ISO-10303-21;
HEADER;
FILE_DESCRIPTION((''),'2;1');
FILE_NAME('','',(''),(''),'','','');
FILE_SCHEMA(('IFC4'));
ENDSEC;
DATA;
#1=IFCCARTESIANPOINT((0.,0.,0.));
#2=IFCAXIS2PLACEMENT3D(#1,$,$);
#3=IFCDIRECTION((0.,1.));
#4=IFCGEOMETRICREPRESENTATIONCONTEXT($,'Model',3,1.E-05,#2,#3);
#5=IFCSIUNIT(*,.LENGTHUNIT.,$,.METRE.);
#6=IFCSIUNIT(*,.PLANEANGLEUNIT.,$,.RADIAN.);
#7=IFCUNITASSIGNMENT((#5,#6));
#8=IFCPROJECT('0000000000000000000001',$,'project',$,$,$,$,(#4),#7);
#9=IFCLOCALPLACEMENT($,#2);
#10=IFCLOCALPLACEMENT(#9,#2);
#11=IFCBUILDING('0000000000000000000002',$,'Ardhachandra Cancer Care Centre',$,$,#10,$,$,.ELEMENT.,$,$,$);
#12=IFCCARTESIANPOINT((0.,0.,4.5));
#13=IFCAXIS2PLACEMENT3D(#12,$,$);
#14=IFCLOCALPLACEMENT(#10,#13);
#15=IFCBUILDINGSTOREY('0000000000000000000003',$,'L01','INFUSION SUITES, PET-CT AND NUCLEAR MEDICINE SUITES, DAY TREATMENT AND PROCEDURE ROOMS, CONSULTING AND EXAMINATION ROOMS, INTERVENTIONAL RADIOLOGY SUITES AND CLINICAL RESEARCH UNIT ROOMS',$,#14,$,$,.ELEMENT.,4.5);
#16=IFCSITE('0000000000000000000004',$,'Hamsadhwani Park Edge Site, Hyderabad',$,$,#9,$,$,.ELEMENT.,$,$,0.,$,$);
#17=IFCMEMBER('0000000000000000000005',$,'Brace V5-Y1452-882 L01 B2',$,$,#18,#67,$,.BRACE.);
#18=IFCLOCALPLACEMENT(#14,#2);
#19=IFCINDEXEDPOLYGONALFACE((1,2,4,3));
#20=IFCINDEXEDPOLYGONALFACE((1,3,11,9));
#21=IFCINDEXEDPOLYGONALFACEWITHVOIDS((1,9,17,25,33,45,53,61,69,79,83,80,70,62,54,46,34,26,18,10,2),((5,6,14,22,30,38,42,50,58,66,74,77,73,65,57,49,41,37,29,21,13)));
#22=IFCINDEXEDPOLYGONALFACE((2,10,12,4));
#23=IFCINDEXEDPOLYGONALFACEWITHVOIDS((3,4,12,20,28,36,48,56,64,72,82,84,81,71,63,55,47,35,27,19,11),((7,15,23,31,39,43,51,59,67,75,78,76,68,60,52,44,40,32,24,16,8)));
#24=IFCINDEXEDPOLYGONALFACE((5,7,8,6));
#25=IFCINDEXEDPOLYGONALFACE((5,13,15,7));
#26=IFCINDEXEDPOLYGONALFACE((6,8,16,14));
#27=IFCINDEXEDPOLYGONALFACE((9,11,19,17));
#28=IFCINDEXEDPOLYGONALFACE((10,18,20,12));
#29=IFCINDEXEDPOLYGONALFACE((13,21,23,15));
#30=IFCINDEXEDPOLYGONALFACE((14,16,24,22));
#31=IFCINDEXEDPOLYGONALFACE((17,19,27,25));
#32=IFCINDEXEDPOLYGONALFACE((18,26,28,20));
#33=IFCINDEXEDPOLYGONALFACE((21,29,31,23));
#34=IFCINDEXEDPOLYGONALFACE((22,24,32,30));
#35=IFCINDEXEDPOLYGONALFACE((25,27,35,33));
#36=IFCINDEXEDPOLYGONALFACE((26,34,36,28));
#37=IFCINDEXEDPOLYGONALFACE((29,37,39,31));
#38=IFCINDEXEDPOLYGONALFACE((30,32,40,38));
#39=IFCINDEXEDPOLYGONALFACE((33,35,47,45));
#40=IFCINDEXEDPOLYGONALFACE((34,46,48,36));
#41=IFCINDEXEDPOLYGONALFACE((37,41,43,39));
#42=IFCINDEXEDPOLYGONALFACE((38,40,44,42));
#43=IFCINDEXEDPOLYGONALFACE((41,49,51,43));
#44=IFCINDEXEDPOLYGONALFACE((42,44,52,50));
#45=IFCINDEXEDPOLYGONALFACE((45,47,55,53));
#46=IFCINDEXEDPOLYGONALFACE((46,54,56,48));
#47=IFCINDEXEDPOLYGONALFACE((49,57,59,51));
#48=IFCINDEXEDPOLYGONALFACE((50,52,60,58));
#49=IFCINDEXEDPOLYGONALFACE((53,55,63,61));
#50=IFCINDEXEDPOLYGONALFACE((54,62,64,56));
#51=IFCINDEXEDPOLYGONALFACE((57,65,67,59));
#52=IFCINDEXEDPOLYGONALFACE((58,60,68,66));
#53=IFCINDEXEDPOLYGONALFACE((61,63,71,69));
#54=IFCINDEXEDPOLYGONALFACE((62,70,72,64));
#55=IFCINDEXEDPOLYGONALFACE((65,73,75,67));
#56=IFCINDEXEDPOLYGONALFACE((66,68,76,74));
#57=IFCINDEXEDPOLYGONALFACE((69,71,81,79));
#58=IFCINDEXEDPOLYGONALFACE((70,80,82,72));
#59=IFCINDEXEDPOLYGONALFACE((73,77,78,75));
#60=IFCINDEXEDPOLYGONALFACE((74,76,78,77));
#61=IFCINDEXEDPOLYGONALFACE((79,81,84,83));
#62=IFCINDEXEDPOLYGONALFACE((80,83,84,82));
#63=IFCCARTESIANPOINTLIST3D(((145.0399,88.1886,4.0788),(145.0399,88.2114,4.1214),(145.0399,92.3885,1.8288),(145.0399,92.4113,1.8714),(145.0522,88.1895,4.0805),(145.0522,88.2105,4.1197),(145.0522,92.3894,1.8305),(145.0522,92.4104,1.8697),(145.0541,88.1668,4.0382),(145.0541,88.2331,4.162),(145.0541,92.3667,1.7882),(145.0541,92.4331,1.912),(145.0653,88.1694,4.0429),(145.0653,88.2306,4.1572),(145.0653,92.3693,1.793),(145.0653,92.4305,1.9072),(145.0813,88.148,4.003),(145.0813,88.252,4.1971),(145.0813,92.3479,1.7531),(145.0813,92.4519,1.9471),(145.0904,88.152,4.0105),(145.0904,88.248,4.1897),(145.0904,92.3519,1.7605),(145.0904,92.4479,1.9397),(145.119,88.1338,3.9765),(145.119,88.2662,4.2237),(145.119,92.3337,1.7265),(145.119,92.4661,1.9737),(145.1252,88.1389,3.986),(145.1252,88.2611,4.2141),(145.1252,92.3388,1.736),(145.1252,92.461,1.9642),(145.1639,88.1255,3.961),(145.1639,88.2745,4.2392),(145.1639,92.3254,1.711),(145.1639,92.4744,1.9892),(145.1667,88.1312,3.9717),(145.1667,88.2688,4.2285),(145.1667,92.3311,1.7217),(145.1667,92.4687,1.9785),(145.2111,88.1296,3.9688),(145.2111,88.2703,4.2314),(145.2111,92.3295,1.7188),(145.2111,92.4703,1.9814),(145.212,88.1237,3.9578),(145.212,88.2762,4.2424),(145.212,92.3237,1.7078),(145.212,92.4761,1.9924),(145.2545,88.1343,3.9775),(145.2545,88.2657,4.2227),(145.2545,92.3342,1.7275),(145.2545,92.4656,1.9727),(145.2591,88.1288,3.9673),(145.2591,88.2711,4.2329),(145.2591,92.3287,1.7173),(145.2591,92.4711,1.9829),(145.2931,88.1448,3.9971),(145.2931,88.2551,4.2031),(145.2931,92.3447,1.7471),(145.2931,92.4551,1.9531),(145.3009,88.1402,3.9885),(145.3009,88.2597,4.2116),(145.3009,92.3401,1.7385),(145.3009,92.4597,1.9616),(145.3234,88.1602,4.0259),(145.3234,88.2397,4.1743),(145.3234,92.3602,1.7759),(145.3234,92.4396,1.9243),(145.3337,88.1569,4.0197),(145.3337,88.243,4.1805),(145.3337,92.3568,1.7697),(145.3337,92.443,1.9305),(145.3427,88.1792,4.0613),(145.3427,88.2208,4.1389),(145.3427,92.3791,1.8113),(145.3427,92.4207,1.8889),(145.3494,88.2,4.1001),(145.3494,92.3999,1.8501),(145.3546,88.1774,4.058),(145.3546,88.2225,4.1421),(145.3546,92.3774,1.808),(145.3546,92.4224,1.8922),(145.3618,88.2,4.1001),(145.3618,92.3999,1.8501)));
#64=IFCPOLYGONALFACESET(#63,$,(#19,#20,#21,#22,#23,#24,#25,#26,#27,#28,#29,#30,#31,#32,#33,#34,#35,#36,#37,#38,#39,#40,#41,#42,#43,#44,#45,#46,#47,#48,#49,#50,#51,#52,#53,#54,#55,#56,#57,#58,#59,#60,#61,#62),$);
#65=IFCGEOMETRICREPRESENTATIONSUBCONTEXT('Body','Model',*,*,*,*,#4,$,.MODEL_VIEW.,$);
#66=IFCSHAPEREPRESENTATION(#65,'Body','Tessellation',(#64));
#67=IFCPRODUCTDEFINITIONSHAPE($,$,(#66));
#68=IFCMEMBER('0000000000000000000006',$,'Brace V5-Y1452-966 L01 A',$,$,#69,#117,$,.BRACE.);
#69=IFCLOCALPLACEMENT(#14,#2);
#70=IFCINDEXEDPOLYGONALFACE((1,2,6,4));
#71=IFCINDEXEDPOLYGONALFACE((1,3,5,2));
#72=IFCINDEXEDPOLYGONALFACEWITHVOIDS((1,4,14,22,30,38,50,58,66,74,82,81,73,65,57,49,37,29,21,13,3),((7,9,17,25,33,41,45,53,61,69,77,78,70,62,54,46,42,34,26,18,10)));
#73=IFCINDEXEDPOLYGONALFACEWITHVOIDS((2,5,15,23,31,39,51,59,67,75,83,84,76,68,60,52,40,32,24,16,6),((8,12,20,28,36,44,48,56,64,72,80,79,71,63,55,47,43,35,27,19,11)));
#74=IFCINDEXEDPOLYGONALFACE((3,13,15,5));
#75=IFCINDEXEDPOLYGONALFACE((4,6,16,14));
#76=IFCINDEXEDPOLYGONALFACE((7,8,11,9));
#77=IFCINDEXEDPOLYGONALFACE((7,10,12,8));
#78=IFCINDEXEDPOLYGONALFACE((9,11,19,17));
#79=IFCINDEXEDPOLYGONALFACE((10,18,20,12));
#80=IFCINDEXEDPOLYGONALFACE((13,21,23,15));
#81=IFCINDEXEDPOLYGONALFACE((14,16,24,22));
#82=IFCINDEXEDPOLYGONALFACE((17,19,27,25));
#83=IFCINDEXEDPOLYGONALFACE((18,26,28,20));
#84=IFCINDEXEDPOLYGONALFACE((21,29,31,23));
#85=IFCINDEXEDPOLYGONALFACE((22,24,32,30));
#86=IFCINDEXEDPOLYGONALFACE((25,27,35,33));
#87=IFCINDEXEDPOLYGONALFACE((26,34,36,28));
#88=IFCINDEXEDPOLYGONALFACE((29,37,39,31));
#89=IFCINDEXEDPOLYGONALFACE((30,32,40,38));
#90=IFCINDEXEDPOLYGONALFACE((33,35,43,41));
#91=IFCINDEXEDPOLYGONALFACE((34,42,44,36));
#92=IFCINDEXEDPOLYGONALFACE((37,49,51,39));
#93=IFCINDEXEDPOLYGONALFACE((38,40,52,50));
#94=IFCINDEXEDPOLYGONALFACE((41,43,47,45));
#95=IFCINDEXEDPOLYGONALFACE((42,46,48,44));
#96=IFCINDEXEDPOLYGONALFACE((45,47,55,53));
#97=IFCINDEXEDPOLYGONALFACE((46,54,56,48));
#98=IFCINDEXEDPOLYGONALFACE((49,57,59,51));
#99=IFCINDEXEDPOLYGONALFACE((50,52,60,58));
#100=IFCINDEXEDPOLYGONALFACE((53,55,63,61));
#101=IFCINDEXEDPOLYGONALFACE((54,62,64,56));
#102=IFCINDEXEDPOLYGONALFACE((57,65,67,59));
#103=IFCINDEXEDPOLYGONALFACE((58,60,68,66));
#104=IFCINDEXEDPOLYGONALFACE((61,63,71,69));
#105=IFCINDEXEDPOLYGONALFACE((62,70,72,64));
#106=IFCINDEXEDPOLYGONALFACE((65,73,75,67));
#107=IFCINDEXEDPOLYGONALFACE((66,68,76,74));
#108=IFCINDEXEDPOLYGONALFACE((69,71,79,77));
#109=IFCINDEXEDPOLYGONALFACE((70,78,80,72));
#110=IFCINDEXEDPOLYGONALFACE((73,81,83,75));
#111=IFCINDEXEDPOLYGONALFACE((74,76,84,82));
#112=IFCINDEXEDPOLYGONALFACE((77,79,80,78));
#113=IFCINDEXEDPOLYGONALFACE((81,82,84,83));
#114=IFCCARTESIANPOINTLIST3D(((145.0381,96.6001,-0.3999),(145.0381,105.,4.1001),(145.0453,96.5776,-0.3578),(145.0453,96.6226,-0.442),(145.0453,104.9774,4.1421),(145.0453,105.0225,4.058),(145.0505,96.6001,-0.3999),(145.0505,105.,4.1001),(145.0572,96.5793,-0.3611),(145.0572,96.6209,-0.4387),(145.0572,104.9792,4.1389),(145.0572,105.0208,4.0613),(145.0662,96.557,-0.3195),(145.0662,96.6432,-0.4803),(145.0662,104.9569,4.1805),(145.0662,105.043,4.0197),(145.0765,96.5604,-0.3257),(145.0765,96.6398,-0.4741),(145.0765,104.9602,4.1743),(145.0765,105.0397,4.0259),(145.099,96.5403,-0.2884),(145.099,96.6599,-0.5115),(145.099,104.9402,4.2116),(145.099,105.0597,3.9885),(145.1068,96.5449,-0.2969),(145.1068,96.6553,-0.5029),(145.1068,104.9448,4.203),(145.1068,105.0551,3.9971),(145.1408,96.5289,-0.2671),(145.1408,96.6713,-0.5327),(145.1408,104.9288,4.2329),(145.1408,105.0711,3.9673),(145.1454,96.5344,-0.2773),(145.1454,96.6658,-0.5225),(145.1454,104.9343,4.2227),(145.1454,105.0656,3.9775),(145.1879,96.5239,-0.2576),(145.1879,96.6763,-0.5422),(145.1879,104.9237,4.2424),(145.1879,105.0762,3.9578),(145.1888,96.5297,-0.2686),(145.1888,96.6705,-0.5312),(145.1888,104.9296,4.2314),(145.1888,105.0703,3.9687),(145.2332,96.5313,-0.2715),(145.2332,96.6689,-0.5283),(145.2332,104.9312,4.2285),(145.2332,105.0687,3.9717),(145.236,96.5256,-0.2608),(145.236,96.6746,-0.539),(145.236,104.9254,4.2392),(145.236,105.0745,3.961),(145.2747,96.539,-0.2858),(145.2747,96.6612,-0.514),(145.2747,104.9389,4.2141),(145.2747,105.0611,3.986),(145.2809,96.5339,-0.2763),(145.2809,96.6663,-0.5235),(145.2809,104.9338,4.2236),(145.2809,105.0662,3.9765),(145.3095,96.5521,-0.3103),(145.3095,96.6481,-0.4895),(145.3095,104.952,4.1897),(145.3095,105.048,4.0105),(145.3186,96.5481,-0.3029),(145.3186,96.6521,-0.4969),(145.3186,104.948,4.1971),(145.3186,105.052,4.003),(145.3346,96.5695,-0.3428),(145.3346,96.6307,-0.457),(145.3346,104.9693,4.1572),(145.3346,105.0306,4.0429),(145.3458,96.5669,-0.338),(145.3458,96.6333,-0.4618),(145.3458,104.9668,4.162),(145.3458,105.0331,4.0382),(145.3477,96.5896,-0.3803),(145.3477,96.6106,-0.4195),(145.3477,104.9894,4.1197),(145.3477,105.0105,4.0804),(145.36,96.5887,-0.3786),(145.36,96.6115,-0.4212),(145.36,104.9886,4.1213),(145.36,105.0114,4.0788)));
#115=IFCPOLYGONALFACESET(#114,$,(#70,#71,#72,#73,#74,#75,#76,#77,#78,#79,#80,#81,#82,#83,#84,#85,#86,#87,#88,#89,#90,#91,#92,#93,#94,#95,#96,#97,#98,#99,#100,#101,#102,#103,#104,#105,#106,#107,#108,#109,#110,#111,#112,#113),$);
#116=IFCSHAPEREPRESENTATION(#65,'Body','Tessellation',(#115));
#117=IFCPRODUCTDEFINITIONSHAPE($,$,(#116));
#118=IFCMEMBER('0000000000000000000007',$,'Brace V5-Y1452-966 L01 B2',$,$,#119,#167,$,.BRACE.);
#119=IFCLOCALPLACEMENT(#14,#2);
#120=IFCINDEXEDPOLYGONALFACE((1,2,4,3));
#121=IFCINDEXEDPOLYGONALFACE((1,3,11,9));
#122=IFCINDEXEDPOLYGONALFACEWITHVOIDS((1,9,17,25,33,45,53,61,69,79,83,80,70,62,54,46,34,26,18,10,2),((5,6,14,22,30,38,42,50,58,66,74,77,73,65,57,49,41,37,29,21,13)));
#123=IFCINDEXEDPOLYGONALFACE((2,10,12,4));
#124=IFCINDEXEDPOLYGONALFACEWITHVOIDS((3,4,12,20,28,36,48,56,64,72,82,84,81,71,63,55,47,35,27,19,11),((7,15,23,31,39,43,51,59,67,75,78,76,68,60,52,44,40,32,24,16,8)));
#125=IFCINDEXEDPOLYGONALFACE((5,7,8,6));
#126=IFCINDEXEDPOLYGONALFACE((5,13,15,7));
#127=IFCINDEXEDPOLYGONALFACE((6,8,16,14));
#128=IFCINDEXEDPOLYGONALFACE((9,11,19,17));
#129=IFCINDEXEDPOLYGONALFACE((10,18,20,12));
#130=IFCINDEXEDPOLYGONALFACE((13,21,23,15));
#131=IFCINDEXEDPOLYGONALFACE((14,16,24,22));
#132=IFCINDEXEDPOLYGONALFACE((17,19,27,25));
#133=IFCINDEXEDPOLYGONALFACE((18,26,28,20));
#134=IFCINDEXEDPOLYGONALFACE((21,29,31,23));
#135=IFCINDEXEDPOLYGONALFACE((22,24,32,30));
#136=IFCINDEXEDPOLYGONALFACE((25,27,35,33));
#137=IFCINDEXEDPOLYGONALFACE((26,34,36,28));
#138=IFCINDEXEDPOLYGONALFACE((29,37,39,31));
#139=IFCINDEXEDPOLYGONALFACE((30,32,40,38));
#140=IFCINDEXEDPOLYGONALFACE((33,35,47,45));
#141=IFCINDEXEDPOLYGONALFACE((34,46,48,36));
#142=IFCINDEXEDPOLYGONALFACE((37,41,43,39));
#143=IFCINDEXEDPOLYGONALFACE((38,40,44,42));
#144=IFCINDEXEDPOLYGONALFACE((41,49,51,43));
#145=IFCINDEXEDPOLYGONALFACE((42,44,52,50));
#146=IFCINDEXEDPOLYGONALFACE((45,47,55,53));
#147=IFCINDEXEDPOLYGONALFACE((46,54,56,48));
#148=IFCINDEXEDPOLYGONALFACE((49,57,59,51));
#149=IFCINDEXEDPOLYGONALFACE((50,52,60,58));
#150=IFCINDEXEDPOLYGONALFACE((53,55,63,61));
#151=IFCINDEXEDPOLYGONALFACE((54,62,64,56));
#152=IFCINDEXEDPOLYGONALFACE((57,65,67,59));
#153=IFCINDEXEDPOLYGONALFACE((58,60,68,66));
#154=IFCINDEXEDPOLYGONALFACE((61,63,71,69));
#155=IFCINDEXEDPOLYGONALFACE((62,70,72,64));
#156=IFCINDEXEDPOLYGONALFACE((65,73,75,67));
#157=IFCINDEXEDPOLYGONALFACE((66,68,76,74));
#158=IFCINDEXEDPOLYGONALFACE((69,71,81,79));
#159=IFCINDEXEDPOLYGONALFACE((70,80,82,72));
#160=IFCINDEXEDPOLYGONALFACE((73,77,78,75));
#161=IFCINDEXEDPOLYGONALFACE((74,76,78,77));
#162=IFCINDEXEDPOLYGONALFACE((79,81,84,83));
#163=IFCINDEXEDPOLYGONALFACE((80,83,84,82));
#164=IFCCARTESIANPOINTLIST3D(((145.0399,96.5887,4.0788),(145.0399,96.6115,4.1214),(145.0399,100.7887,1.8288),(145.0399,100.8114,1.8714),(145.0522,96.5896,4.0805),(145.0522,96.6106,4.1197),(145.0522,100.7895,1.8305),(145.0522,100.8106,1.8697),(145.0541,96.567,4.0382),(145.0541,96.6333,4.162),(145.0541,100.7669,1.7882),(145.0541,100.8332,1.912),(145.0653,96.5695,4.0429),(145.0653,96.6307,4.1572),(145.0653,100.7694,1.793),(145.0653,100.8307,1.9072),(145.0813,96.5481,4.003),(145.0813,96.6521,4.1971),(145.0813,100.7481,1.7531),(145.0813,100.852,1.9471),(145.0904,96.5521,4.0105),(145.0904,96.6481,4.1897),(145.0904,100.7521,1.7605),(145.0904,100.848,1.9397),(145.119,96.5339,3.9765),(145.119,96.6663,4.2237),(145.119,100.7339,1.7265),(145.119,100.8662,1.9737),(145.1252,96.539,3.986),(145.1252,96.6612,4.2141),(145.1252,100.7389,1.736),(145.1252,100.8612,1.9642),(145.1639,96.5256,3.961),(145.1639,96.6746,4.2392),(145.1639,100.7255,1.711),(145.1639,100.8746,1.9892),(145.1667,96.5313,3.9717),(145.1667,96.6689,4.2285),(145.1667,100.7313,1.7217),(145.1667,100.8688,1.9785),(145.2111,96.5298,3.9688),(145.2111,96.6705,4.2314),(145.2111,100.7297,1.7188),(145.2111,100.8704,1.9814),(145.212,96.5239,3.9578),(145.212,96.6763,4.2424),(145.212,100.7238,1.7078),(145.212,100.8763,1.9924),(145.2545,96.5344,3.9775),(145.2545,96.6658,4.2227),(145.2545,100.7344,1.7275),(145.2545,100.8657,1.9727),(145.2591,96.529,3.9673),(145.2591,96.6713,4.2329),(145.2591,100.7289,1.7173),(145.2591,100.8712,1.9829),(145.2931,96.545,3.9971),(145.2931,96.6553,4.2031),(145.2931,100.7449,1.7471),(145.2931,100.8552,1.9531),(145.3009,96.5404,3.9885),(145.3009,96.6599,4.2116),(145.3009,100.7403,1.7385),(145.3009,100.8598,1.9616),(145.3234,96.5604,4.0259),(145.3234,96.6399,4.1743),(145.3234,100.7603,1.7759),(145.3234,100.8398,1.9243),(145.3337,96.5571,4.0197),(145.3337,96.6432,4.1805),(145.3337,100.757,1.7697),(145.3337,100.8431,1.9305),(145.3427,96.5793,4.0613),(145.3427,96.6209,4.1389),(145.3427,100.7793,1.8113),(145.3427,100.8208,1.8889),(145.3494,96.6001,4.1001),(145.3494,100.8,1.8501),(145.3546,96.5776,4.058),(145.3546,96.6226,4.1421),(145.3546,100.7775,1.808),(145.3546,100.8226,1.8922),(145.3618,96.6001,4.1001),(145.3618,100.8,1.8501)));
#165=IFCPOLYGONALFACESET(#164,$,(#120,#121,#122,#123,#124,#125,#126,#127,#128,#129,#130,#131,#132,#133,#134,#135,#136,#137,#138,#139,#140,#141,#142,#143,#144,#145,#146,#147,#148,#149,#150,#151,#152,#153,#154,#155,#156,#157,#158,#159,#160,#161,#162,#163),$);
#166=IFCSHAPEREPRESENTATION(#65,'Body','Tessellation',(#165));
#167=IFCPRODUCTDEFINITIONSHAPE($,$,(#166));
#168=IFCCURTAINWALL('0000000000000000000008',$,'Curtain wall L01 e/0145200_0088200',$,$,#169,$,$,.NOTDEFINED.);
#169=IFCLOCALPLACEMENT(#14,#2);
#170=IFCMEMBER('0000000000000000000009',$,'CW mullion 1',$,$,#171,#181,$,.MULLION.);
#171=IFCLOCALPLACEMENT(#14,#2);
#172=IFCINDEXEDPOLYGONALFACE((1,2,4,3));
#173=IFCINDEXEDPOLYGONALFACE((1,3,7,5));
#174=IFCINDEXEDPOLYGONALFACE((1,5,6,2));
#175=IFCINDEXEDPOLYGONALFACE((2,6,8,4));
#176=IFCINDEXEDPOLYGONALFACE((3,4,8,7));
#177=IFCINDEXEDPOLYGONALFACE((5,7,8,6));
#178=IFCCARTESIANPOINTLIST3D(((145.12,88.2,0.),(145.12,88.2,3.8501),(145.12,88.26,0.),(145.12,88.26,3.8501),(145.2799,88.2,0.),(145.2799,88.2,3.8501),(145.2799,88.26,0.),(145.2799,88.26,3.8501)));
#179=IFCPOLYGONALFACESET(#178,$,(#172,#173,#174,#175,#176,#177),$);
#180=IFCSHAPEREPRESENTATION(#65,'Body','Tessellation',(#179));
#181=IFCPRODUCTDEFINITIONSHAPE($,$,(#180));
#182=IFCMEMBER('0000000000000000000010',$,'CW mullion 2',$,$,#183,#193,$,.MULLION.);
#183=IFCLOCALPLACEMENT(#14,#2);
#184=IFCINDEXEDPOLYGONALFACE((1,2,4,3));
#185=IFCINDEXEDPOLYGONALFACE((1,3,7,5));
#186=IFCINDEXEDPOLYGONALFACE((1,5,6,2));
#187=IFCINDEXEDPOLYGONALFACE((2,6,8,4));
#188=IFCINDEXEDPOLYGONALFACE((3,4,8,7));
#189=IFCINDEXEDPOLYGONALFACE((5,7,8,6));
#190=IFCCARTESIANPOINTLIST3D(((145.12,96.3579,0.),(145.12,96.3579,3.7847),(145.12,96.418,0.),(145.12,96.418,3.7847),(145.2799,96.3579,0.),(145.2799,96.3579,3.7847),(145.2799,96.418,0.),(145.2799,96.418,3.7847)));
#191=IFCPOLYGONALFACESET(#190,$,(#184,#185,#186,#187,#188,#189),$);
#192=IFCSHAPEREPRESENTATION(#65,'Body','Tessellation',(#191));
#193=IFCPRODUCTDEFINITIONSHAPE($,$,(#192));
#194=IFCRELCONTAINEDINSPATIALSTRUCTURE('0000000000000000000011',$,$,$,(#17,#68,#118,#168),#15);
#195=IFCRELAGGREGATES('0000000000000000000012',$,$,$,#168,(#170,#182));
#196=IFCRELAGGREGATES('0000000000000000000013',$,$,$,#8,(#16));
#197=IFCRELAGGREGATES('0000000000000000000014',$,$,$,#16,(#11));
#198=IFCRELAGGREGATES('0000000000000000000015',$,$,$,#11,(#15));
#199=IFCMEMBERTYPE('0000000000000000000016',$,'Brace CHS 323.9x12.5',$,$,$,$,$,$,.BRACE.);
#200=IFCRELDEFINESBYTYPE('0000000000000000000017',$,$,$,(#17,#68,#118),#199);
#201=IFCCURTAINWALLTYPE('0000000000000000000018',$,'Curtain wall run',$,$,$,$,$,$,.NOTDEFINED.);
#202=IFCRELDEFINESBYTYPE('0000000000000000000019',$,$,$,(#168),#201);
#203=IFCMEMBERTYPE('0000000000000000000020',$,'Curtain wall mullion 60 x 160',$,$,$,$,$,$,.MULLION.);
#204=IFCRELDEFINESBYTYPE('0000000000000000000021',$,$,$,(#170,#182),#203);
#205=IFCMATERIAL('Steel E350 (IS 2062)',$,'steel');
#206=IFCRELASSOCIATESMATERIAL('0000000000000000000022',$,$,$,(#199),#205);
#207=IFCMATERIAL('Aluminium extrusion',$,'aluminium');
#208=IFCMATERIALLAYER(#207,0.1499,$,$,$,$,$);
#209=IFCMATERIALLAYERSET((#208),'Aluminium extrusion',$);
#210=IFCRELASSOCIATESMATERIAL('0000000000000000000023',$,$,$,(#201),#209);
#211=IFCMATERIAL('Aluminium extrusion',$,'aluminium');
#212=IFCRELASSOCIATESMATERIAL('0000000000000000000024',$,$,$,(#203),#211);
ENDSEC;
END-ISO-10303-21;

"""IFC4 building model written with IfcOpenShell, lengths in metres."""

from ifc_helpers import new_model, si_unit, direction, frame, origin, origin_2d, place, context, subcontext, project, spatial, rectangle, hollow_circle, extrude, material, layer, layer_set, material_profile, profile_set, type_object, element, aggregate, save


model = new_model("IFC4")

# Units and contexts
model_context = context("Model", 3, precision=1e-05, world=origin(), true_north=direction((0.0, 1.0)))
body_context = subcontext(model_context, "Body", "Model", "MODEL_VIEW")
ifc_project = project(units=[si_unit("LENGTHUNIT", "METRE"), si_unit("PLANEANGLEUNIT", "RADIAN")], contexts=[model_context])

# Site, building, storey
site_placement = place(None, origin())
site = spatial("IfcSite", under=ifc_project, at=site_placement, Name="Hamsadhwani Park Edge Site, Hyderabad", CompositionType="ELEMENT", RefElevation=0.0)
building_placement = place(site_placement, origin())
building = spatial("IfcBuilding", under=site, at=building_placement, Name="Ardhachandra Cancer Care Centre", CompositionType="ELEMENT")
storey_placement = place(building_placement, frame((0.0, 0.0, 4.5)))
storey = spatial("IfcBuildingStorey", under=building, at=storey_placement, Name="L01", Description="INFUSION SUITES, PET-CT AND NUCLEAR MEDICINE SUITES, DAY TREATMENT AND PROCEDURE ROOMS, CONSULTING AND EXAMINATION ROOMS, INTERVENTIONAL RADIOLOGY SUITES AND CLINICAL RESEARCH UNIT ROOMS", CompositionType="ELEMENT", Elevation=4.5)

# Members
ifc_material_1 = material(Name="Steel E350 (IS 2062)", Category="steel")
ifc_material_profile_1 = material_profile(ifc_material_1, hollow_circle(Radius=0.1619, WallThickness=0.0125, at=origin_2d()), Name="CHS 323.9x12.5")
ifc_profile_set_1 = profile_set([ifc_material_profile_1], Name="Steel E350 (IS 2062)")
member_type_1 = type_object("IfcMemberType", Name="Brace CHS 323.9x12.5", PredefinedType="BRACE", material=ifc_profile_set_1)
member_1_placement = place(storey_placement, frame((145.2, 92.3999, 1.8501), z_axis=(0.0, -0.881478, 0.472226), x_axis=(1.0, 0.0, 0.0)))
element("IfcMember", 1, at=member_1_placement, inside=storey, type_object=member_type_1, Name="Brace V5-Y1452-882 L01 B2", PredefinedType="BRACE", context=body_context, shape_type="SweptSolid", body=[
    extrude(hollow_circle(Radius=0.1619, WallThickness=0.0125, at=origin_2d()), origin(), (0.0, 0.0, 1.0), 4.7646),
])
member_2_placement = place(storey_placement, frame((145.2, 96.6001, -0.3999), z_axis=(0.0, 0.881478, 0.472226), x_axis=(-1.0, 0.0, 0.0)))
element("IfcMember", 2, at=member_2_placement, inside=storey, type_object=member_type_1, Name="Brace V5-Y1452-966 L01 A", PredefinedType="BRACE", context=body_context, shape_type="SweptSolid", body=[
    extrude(hollow_circle(Radius=0.1619, WallThickness=0.0125, at=origin_2d()), origin(), (0.0, 0.0, 1.0), 9.5293),
])
member_3_placement = place(storey_placement, frame((145.2, 100.8, 1.8501), z_axis=(0.0, -0.881478, 0.472226), x_axis=(1.0, 0.0, 0.0)))
element("IfcMember", 3, at=member_3_placement, inside=storey, type_object=member_type_1, Name="Brace V5-Y1452-966 L01 B2", PredefinedType="BRACE", context=body_context, shape_type="SweptSolid", body=[
    extrude(hollow_circle(Radius=0.1619, WallThickness=0.0125, at=origin_2d()), origin(), (0.0, 0.0, 1.0), 4.7646),
])

# Curtain wall, members
ifc_material_2 = material(Name="Aluminium extrusion", Category="aluminium")
ifc_layer_1 = layer(ifc_material_2, 0.1499)
ifc_layer_set_1 = layer_set([ifc_layer_1], Name="Aluminium extrusion")
curtain_wall_type = type_object("IfcCurtainWallType", Name="Curtain wall run", PredefinedType="NOTDEFINED", material=ifc_layer_set_1)
curtain_wall_1_placement = place(storey_placement, origin())
curtain_wall_1 = element("IfcCurtainWall", 4, at=curtain_wall_1_placement, inside=storey, type_object=curtain_wall_type, Name="Curtain wall L01 e/0145200_0088200", PredefinedType="NOTDEFINED")
ifc_material_3 = material(Name="Aluminium extrusion", Category="aluminium")
ifc_material_profile_2 = material_profile(ifc_material_3, rectangle(XDim=0.1599, YDim=0.0601, at=origin_2d()), Name="Curtain wall mullion 60 x 160")
ifc_profile_set_2 = profile_set([ifc_material_profile_2], Name="Aluminium extrusion")
member_type_2 = type_object("IfcMemberType", Name="Curtain wall mullion 60 x 160", PredefinedType="MULLION", material=ifc_profile_set_2)
member_4_placement = place(storey_placement, frame((145.2, 88.23, 0.0), z_axis=(0.0, 0.0, 1.0), x_axis=(-1.0, 0.0, 0.0)))
member_4 = element("IfcMember", 5, at=member_4_placement, type_object=member_type_2, Name="CW mullion 1", PredefinedType="MULLION", context=body_context, shape_type="SweptSolid", body=[
    extrude(rectangle(XDim=0.1599, YDim=0.0601, at=origin_2d()), origin(), (0.0, 0.0, 1.0), 3.8501),
])
member_5_placement = place(storey_placement, frame((145.2, 96.3879, 0.0), z_axis=(0.0, 0.0, 1.0), x_axis=(-1.0, 0.0, 0.0)))
member_5 = element("IfcMember", 6, at=member_5_placement, type_object=member_type_2, Name="CW mullion 2", PredefinedType="MULLION", context=body_context, shape_type="SweptSolid", body=[
    extrude(rectangle(XDim=0.1599, YDim=0.0601, at=origin_2d()), origin(), (0.0, 0.0, 1.0), 3.7847),
])

aggregate(curtain_wall_1, [member_4, member_5])

save(model, "model.ifc")
